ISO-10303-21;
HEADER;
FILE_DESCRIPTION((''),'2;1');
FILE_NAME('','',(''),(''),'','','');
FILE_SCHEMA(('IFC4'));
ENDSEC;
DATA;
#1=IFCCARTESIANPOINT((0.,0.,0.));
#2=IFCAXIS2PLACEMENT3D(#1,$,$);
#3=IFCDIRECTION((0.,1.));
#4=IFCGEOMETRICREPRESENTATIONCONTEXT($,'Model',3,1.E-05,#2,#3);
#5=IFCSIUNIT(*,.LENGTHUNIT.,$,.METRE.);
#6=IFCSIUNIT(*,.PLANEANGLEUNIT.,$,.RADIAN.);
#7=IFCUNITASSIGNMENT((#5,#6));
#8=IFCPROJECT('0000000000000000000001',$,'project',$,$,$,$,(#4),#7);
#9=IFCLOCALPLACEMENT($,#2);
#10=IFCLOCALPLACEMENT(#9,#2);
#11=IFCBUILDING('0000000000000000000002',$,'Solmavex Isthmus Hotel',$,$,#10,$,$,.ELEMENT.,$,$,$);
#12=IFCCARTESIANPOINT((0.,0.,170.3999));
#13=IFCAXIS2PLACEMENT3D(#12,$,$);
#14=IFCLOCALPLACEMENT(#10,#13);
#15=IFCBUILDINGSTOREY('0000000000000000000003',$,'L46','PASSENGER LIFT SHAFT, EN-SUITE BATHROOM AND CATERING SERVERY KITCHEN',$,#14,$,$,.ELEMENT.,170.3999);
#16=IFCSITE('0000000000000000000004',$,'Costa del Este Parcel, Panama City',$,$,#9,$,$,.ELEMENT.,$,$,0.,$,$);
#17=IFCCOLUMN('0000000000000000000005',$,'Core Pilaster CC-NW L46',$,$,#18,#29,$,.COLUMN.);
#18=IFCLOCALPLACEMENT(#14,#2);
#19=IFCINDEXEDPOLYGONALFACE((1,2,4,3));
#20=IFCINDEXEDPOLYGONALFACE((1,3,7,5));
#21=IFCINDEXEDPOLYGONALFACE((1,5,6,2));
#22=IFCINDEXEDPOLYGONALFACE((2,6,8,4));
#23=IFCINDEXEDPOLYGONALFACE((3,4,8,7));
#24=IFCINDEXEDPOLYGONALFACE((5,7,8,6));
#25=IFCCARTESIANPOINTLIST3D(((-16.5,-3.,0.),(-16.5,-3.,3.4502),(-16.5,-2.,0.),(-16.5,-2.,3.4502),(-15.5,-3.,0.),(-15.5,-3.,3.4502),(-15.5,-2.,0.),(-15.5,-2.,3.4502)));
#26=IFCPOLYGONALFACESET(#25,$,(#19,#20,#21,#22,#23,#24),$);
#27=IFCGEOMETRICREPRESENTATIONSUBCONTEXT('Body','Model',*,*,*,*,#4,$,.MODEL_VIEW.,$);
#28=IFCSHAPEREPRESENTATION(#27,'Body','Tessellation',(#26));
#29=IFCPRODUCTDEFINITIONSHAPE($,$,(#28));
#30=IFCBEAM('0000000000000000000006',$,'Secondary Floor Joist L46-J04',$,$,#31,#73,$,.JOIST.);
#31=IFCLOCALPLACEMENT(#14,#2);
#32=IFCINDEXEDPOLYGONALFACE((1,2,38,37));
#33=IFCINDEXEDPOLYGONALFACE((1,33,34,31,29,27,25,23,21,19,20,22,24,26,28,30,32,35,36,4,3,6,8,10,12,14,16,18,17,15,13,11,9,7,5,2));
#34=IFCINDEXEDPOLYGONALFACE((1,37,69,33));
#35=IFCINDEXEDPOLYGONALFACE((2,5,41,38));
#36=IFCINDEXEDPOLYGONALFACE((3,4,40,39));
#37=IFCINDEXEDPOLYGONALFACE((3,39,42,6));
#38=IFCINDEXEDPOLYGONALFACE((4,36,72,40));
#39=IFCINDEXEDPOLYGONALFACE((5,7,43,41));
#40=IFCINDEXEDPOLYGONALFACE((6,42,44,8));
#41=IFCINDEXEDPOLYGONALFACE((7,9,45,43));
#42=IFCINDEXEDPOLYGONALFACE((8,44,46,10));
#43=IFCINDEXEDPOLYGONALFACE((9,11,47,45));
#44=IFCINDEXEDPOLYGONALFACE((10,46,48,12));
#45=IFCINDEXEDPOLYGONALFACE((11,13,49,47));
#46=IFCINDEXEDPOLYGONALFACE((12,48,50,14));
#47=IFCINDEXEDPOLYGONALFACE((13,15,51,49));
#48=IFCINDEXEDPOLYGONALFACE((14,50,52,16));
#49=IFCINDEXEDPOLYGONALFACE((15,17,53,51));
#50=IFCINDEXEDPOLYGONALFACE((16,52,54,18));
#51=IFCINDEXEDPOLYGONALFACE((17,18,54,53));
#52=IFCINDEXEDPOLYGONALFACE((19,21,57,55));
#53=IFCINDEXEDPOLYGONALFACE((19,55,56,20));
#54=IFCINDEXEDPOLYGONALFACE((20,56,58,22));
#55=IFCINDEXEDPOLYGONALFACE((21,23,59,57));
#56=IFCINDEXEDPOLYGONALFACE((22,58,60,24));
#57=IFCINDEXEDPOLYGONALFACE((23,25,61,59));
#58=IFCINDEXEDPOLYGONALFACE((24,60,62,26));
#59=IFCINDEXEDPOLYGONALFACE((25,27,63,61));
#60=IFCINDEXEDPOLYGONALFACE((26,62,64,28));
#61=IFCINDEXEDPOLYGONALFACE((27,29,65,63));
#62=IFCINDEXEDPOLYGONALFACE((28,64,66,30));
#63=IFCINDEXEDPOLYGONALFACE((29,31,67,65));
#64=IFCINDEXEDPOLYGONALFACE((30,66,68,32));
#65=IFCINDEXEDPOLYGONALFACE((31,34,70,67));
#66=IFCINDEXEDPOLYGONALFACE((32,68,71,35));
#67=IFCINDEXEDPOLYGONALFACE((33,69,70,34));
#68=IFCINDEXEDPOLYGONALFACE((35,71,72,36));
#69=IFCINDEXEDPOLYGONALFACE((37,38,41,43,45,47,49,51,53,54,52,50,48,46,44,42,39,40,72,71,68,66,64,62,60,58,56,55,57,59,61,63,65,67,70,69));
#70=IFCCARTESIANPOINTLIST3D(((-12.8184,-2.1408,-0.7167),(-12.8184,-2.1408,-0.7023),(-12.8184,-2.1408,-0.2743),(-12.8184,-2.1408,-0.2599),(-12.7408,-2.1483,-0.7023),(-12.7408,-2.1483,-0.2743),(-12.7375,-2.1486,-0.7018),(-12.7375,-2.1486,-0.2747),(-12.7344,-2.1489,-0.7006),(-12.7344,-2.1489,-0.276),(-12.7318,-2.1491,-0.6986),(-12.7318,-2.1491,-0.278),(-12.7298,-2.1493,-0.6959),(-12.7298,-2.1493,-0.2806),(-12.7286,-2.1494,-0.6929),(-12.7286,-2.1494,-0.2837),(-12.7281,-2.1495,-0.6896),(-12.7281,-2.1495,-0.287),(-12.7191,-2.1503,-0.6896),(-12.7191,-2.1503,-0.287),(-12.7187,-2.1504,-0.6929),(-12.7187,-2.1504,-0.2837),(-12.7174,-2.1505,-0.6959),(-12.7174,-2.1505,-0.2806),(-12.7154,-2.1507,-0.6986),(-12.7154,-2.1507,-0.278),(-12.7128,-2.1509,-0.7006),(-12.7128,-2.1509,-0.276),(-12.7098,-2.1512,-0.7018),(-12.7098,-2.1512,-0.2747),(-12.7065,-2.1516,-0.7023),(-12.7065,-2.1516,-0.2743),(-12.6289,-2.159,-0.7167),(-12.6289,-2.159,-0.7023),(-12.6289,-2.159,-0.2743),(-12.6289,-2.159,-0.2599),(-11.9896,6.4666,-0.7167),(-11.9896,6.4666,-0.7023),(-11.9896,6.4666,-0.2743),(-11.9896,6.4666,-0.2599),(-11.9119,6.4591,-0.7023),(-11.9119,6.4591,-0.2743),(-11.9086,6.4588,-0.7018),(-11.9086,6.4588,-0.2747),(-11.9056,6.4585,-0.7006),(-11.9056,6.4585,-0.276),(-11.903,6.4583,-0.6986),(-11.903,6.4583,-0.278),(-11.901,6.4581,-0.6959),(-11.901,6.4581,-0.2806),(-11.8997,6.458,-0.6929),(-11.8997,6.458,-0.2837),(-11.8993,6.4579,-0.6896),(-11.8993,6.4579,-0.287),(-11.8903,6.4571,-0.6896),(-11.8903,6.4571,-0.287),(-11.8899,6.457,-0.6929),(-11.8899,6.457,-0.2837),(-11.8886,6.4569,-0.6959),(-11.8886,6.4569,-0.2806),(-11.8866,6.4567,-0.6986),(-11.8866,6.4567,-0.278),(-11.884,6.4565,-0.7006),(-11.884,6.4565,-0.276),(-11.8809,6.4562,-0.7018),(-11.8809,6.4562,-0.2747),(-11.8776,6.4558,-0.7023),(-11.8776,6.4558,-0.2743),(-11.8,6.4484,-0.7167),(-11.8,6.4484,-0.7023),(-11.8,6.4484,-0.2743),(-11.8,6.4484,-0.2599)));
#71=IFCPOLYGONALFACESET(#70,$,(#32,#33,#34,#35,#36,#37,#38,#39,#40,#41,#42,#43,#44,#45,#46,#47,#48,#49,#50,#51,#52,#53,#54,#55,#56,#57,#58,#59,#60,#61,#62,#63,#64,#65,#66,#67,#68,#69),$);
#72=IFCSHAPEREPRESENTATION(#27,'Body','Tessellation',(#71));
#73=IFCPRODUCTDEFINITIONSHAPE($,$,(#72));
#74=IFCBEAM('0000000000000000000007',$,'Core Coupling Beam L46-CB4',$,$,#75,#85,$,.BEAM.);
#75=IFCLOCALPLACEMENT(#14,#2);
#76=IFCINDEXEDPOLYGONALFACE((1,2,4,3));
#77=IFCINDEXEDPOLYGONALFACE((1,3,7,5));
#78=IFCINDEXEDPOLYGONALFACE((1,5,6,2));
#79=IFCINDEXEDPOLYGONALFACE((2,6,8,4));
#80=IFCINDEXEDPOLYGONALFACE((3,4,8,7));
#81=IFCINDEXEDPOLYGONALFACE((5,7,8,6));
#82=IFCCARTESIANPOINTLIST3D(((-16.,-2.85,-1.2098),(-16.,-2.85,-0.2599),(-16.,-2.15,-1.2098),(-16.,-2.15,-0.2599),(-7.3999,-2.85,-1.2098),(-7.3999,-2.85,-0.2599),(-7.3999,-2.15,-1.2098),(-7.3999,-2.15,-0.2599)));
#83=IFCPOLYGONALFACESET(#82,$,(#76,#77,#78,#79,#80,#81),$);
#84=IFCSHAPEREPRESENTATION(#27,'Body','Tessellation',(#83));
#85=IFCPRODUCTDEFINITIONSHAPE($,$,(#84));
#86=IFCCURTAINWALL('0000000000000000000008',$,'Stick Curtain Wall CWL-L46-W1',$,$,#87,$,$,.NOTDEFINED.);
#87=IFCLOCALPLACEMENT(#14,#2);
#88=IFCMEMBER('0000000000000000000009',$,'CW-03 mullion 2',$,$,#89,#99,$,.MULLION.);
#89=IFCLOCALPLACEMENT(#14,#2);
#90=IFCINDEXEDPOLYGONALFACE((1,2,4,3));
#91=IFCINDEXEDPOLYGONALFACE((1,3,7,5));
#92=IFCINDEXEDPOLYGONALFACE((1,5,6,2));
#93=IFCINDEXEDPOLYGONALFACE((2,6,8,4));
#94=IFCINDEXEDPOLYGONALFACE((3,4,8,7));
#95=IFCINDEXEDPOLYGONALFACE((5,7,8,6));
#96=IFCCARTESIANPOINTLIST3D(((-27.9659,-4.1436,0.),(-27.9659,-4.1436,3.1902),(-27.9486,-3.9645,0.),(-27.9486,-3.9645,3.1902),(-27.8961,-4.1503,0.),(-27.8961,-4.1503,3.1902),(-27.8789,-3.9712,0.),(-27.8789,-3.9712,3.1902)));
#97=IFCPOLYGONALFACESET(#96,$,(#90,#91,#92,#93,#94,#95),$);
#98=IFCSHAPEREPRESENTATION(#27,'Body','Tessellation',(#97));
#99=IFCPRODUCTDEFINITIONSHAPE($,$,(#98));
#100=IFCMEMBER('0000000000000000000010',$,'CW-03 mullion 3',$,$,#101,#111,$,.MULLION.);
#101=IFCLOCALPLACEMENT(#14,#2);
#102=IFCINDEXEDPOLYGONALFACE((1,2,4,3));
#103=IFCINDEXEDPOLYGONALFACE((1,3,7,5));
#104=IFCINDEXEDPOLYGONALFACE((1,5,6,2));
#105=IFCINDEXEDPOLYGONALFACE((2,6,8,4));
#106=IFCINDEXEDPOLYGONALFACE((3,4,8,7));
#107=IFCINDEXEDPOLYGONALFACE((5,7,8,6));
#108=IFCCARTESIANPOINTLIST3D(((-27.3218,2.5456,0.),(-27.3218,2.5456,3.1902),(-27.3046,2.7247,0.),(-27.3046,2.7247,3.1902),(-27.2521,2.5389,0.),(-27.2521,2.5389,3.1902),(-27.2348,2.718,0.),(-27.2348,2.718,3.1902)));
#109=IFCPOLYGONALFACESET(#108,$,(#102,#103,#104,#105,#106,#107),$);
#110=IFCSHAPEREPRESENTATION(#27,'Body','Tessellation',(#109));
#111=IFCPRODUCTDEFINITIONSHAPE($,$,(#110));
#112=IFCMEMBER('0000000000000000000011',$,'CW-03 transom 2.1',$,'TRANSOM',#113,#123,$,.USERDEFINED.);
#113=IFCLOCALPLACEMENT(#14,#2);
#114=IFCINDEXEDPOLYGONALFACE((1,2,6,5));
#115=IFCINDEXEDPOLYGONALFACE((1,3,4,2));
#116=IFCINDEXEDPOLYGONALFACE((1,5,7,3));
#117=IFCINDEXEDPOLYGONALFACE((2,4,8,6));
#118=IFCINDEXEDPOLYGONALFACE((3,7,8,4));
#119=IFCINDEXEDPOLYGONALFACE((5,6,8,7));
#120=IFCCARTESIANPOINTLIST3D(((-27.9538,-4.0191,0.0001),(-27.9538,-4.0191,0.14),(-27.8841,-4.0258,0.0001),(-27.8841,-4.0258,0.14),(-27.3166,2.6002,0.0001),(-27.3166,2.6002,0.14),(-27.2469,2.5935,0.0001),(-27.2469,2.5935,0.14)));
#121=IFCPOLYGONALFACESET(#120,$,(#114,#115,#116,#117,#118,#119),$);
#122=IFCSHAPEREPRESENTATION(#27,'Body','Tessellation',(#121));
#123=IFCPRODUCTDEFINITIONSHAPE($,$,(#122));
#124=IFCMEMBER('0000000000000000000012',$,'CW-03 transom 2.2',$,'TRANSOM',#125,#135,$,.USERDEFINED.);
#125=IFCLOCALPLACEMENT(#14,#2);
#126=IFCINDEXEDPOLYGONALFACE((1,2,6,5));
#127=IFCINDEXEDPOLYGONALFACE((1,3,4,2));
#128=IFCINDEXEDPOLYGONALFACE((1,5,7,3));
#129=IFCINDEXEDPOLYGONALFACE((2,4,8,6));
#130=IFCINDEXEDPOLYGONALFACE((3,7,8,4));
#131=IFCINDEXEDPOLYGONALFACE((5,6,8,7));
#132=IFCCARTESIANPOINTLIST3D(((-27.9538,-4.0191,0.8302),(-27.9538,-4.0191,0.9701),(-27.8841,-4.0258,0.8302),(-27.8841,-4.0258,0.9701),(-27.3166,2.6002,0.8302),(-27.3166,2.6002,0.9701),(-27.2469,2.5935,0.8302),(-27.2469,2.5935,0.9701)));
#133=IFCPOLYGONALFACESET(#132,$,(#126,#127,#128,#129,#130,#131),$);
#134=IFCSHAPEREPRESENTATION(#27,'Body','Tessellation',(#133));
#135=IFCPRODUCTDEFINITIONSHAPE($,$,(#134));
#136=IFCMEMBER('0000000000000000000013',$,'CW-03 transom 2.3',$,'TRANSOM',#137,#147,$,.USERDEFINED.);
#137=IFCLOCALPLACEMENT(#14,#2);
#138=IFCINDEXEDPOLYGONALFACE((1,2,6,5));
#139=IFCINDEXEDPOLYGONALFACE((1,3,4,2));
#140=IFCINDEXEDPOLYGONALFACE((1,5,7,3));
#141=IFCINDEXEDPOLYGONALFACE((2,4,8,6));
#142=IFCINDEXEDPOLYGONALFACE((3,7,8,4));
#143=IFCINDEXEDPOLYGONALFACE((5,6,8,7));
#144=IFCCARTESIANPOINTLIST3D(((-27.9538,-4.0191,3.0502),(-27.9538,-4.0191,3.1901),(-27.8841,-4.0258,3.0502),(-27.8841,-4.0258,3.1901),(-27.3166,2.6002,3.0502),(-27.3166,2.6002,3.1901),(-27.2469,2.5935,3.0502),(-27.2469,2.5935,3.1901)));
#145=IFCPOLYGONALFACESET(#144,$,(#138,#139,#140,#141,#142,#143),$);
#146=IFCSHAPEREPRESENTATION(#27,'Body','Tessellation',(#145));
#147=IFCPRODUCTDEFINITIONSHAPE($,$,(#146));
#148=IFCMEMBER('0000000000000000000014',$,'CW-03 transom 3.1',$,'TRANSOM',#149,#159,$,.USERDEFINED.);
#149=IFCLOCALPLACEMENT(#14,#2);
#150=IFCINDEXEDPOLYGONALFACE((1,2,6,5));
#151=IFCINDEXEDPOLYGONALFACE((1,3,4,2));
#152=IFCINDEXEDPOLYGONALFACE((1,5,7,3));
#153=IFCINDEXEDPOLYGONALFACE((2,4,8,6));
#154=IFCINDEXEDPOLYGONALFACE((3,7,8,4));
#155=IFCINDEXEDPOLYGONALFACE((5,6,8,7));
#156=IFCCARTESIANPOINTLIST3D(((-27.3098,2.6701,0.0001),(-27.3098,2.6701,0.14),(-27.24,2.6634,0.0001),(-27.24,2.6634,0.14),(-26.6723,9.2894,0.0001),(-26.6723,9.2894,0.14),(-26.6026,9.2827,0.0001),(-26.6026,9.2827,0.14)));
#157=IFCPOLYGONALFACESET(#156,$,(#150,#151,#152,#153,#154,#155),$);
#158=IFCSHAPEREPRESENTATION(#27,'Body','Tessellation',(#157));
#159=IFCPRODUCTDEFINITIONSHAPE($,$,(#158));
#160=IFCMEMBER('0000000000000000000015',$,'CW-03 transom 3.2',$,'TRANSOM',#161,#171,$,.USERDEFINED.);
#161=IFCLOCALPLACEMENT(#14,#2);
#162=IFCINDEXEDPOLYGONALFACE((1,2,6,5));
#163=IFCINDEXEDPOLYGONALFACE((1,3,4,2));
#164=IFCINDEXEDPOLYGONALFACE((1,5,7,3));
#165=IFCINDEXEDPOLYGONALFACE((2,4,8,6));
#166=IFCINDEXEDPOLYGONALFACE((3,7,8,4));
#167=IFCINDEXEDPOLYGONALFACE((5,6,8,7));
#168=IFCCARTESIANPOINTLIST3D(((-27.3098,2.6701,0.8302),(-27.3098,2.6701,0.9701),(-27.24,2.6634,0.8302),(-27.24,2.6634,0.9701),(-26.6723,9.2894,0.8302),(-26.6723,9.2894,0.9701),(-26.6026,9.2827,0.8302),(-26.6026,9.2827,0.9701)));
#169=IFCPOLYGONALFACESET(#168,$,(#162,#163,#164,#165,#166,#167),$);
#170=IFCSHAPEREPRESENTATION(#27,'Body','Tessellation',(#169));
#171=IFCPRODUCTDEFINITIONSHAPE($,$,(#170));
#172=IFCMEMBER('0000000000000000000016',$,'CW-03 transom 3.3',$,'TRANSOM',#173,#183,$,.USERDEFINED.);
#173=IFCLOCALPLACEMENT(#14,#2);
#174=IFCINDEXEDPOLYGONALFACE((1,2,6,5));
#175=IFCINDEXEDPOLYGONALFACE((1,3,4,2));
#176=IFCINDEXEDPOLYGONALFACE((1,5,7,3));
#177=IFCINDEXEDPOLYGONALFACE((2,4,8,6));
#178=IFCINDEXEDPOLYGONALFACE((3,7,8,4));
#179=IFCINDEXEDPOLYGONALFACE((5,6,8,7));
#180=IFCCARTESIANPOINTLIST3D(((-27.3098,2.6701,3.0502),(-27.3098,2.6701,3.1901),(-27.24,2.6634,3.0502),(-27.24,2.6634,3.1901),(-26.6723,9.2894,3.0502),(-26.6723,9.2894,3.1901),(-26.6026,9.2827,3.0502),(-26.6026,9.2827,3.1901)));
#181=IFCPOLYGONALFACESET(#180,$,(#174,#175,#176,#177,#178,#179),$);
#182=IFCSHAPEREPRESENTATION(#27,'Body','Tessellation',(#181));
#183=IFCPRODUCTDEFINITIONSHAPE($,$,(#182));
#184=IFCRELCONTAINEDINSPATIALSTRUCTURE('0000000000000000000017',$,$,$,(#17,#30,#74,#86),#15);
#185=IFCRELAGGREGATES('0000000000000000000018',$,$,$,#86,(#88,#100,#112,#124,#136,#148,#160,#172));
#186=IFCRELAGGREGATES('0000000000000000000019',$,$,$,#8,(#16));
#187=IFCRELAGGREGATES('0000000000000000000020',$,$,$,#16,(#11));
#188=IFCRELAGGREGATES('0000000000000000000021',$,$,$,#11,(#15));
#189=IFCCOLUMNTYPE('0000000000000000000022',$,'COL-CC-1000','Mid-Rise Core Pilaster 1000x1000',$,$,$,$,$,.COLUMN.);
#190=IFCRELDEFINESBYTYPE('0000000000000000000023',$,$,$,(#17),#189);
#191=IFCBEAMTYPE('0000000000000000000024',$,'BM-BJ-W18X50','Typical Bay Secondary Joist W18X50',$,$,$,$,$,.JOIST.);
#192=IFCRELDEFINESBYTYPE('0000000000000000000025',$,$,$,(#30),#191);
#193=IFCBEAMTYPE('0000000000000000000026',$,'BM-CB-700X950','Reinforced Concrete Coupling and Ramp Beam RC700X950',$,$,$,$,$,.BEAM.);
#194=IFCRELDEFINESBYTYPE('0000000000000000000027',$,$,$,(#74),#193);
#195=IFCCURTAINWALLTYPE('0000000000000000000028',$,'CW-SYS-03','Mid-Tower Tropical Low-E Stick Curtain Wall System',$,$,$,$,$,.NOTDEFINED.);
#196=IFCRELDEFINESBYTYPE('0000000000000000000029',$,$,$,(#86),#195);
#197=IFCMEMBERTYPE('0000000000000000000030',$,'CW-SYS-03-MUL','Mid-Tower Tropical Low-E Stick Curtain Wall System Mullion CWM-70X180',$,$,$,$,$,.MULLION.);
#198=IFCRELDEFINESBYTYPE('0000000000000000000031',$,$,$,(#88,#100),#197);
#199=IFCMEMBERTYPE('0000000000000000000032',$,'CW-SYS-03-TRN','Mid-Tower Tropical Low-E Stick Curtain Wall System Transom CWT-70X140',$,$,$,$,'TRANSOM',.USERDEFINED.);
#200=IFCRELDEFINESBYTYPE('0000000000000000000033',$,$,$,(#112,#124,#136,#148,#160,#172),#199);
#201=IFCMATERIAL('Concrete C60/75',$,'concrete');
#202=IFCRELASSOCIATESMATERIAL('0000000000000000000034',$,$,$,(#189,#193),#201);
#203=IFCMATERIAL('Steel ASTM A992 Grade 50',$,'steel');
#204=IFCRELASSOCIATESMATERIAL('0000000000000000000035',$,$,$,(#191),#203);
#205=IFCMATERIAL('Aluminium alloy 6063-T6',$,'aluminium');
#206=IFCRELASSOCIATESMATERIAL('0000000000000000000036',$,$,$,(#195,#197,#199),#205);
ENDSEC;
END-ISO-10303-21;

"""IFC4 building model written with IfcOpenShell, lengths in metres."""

from ifc_helpers import new_model, si_unit, direction, frame, origin, origin_2d, place, context, subcontext, project, spatial, rectangle, i_section, extrude, material, material_profile, profile_set, type_object, element, aggregate, save


model = new_model("IFC4")

# Units and contexts
model_context = context("Model", 3, precision=1e-05, world=origin(), true_north=direction((0.0, 1.0)))
body_context = subcontext(model_context, "Body", "Model", "MODEL_VIEW")
ifc_project = project(units=[si_unit("LENGTHUNIT", "METRE"), si_unit("PLANEANGLEUNIT", "RADIAN")], contexts=[model_context])

# Site, building, storey
site_placement = place(None, origin())
site = spatial("IfcSite", under=ifc_project, at=site_placement, Name="Costa del Este Parcel, Panama City", CompositionType="ELEMENT", RefElevation=0.0)
building_placement = place(site_placement, origin())
building = spatial("IfcBuilding", under=site, at=building_placement, Name="Solmavex Isthmus Hotel", CompositionType="ELEMENT")
storey_placement = place(building_placement, frame((0.0, 0.0, 170.3999)))
storey = spatial("IfcBuildingStorey", under=building, at=storey_placement, Name="L46", Description="PASSENGER LIFT SHAFT, EN-SUITE BATHROOM AND CATERING SERVERY KITCHEN", CompositionType="ELEMENT", Elevation=170.3999)

# Column
ifc_material_1 = material(Name="Concrete C60/75", Category="concrete")
ifc_material_profile_1 = material_profile(ifc_material_1, rectangle(XDim=1.0, YDim=1.0, at=origin_2d()), Name="RC1000X1000")
ifc_profile_set_1 = profile_set([ifc_material_profile_1], Name="Concrete C60/75")
column_type = type_object("IfcColumnType", Name="COL-CC-1000", Description="Mid-Rise Core Pilaster 1000x1000", PredefinedType="COLUMN", material=ifc_profile_set_1)
column_placement = place(storey_placement, frame((-16.0, -2.5, 0.0), z_axis=(0.0, 0.0, 1.0), x_axis=(1.0, 0.0, 0.0)))
element("IfcColumn", 1, at=column_placement, inside=storey, type_object=column_type, Name="Core Pilaster CC-NW L46", PredefinedType="COLUMN", context=body_context, shape_type="SweptSolid", body=[
    extrude(rectangle(XDim=1.0, YDim=1.0, at=origin_2d()), origin(), (0.0, 0.0, 1.0), 3.4502),
])

# Beams
ifc_material_2 = material(Name="Steel ASTM A992 Grade 50", Category="steel")
ifc_material_profile_2 = material_profile(ifc_material_2, i_section(OverallWidth=0.1904, OverallDepth=0.4568, WebThickness=0.009, FlangeThickness=0.0144, FilletRadius=0.0127, at=origin_2d()), Name="W18X50")
ifc_profile_set_2 = profile_set([ifc_material_profile_2], Name="Steel ASTM A992 Grade 50")
beam_type_1 = type_object("IfcBeamType", Name="BM-BJ-W18X50", Description="Typical Bay Secondary Joist W18X50", PredefinedType="JOIST", material=ifc_profile_set_2)
beam_1_placement = place(storey_placement, frame((-12.7236, -2.1499, -0.4883), z_axis=(0.095852, 0.995396, 0.0), x_axis=(-0.995396, 0.095852, 0.0)))
element("IfcBeam", 2, at=beam_1_placement, inside=storey, type_object=beam_type_1, Name="Secondary Floor Joist L46-J04", PredefinedType="JOIST", context=body_context, shape_type="SweptSolid", body=[
    extrude(i_section(OverallWidth=0.1904, OverallDepth=0.4568, WebThickness=0.009, FlangeThickness=0.0144, FilletRadius=0.0127, at=origin_2d()), origin(), (0.0, 0.0, 1.0), 8.6472),
])
ifc_material_profile_3 = material_profile(ifc_material_1, rectangle(XDim=0.7, YDim=0.95, at=origin_2d()), Name="RC700X950")
ifc_profile_set_3 = profile_set([ifc_material_profile_3], Name="Concrete C60/75")
beam_type_2 = type_object("IfcBeamType", Name="BM-CB-700X950", Description="Reinforced Concrete Coupling and Ramp Beam RC700X950", PredefinedType="BEAM", material=ifc_profile_set_3)
beam_2_placement = place(storey_placement, frame((-16.0, -2.5, -0.7349), z_axis=(1.0, 0.0, 0.0), x_axis=(0.0, 1.0, 0.0)))
element("IfcBeam", 3, at=beam_2_placement, inside=storey, type_object=beam_type_2, Name="Core Coupling Beam L46-CB4", PredefinedType="BEAM", context=body_context, shape_type="SweptSolid", body=[
    extrude(rectangle(XDim=0.7, YDim=0.95, at=origin_2d()), origin(), (0.0, 0.0, 1.0), 8.6001),
])

# Curtain wall, members
ifc_material_3 = material(Name="Aluminium alloy 6063-T6", Category="aluminium")
curtain_wall_type = type_object("IfcCurtainWallType", Name="CW-SYS-03", Description="Mid-Tower Tropical Low-E Stick Curtain Wall System", PredefinedType="NOTDEFINED", material=ifc_material_3)
curtain_wall_placement = place(storey_placement, origin())
curtain_wall = element("IfcCurtainWall", 4, at=curtain_wall_placement, inside=storey, type_object=curtain_wall_type, Name="Stick Curtain Wall CWL-L46-W1", PredefinedType="NOTDEFINED")
ifc_material_profile_4 = material_profile(ifc_material_3, rectangle(XDim=0.0701, YDim=0.1799, at=origin_2d()), Name="CWM-70X180")
ifc_profile_set_4 = profile_set([ifc_material_profile_4], Name="Aluminium alloy 6063-T6")
member_type_1 = type_object("IfcMemberType", Name="CW-SYS-03-MUL", Description="Mid-Tower Tropical Low-E Stick Curtain Wall System Mullion CWM-70X180", PredefinedType="MULLION", material=ifc_profile_set_4)
member_1_placement = place(storey_placement, frame((-27.9224, -4.0574, 0.0), z_axis=(0.0, 0.0, 1.0), x_axis=(-0.995396, 0.095846, 0.0)))
member_1 = element("IfcMember", 5, at=member_1_placement, type_object=member_type_1, Name="CW-03 mullion 2", PredefinedType="MULLION", context=body_context, shape_type="SweptSolid", body=[
    extrude(rectangle(XDim=0.0701, YDim=0.1799, at=origin_2d()), origin(), (0.0, 0.0, 1.0), 3.1902),
])
member_2_placement = place(storey_placement, frame((-27.2783, 2.6318, 0.0), z_axis=(0.0, 0.0, 1.0), x_axis=(-0.995396, 0.095846, 0.0)))
member_2 = element("IfcMember", 6, at=member_2_placement, type_object=member_type_1, Name="CW-03 mullion 3", PredefinedType="MULLION", context=body_context, shape_type="SweptSolid", body=[
    extrude(rectangle(XDim=0.0701, YDim=0.1799, at=origin_2d()), origin(), (0.0, 0.0, 1.0), 3.1902),
])
ifc_material_profile_5 = material_profile(ifc_material_3, rectangle(XDim=0.0701, YDim=0.1399, at=origin_2d()), Name="CWT-70X140")
ifc_profile_set_5 = profile_set([ifc_material_profile_5], Name="Aluminium alloy 6063-T6")
member_type_2 = type_object("IfcMemberType", Name="CW-SYS-03-TRN", Description="Mid-Tower Tropical Low-E Stick Curtain Wall System Transom CWT-70X140", ElementType="TRANSOM", PredefinedType="USERDEFINED", material=ifc_profile_set_5)
member_3_placement = place(storey_placement, frame((-27.9189, -4.0225, 0.0701), z_axis=(0.095821, 0.995399, 0.0), x_axis=(-0.995399, 0.095821, 0.0)))
member_3 = element("IfcMember", 7, at=member_3_placement, type_object=member_type_2, Name="CW-03 transom 2.1", ObjectType="TRANSOM", PredefinedType="USERDEFINED", context=body_context, shape_type="SweptSolid", body=[
    extrude(rectangle(XDim=0.0701, YDim=0.1399, at=origin_2d()), origin(), (0.0, 0.0, 1.0), 6.6499),
])
member_4_placement = place(storey_placement, frame((-27.9189, -4.0225, 0.9001), z_axis=(0.095821, 0.995399, 0.0), x_axis=(-0.995399, 0.095821, 0.0)))
member_4 = element("IfcMember", 8, at=member_4_placement, type_object=member_type_2, Name="CW-03 transom 2.2", ObjectType="TRANSOM", PredefinedType="USERDEFINED", context=body_context, shape_type="SweptSolid", body=[
    extrude(rectangle(XDim=0.0701, YDim=0.1399, at=origin_2d()), origin(), (0.0, 0.0, 1.0), 6.6499),
])
member_5_placement = place(storey_placement, frame((-27.9189, -4.0225, 3.1201), z_axis=(0.095821, 0.995399, 0.0), x_axis=(-0.995399, 0.095821, 0.0)))
member_5 = element("IfcMember", 9, at=member_5_placement, type_object=member_type_2, Name="CW-03 transom 2.3", ObjectType="TRANSOM", PredefinedType="USERDEFINED", context=body_context, shape_type="SweptSolid", body=[
    extrude(rectangle(XDim=0.0701, YDim=0.1399, at=origin_2d()), origin(), (0.0, 0.0, 1.0), 6.6499),
])
member_6_placement = place(storey_placement, frame((-27.2749, 2.6667, 0.0701), z_axis=(0.095857, 0.995395, 0.0), x_axis=(-0.995395, 0.095857, 0.0)))
member_6 = element("IfcMember", 10, at=member_6_placement, type_object=member_type_2, Name="CW-03 transom 3.1", ObjectType="TRANSOM", PredefinedType="USERDEFINED", context=body_context, shape_type="SweptSolid", body=[
    extrude(rectangle(XDim=0.0701, YDim=0.1399, at=origin_2d()), origin(), (0.0, 0.0, 1.0), 6.6499),
])
member_7_placement = place(storey_placement, frame((-27.2749, 2.6667, 0.9001), z_axis=(0.095857, 0.995395, 0.0), x_axis=(-0.995395, 0.095857, 0.0)))
member_7 = element("IfcMember", 11, at=member_7_placement, type_object=member_type_2, Name="CW-03 transom 3.2", ObjectType="TRANSOM", PredefinedType="USERDEFINED", context=body_context, shape_type="SweptSolid", body=[
    extrude(rectangle(XDim=0.0701, YDim=0.1399, at=origin_2d()), origin(), (0.0, 0.0, 1.0), 6.6499),
])
member_8_placement = place(storey_placement, frame((-27.2749, 2.6667, 3.1201), z_axis=(0.095857, 0.995395, 0.0), x_axis=(-0.995395, 0.095857, 0.0)))
member_8 = element("IfcMember", 12, at=member_8_placement, type_object=member_type_2, Name="CW-03 transom 3.3", ObjectType="TRANSOM", PredefinedType="USERDEFINED", context=body_context, shape_type="SweptSolid", body=[
    extrude(rectangle(XDim=0.0701, YDim=0.1399, at=origin_2d()), origin(), (0.0, 0.0, 1.0), 6.6499),
])
aggregate(curtain_wall, [member_1, member_2, member_3, member_4, member_5, member_6, member_7, member_8])

save(model, "model.ifc")
